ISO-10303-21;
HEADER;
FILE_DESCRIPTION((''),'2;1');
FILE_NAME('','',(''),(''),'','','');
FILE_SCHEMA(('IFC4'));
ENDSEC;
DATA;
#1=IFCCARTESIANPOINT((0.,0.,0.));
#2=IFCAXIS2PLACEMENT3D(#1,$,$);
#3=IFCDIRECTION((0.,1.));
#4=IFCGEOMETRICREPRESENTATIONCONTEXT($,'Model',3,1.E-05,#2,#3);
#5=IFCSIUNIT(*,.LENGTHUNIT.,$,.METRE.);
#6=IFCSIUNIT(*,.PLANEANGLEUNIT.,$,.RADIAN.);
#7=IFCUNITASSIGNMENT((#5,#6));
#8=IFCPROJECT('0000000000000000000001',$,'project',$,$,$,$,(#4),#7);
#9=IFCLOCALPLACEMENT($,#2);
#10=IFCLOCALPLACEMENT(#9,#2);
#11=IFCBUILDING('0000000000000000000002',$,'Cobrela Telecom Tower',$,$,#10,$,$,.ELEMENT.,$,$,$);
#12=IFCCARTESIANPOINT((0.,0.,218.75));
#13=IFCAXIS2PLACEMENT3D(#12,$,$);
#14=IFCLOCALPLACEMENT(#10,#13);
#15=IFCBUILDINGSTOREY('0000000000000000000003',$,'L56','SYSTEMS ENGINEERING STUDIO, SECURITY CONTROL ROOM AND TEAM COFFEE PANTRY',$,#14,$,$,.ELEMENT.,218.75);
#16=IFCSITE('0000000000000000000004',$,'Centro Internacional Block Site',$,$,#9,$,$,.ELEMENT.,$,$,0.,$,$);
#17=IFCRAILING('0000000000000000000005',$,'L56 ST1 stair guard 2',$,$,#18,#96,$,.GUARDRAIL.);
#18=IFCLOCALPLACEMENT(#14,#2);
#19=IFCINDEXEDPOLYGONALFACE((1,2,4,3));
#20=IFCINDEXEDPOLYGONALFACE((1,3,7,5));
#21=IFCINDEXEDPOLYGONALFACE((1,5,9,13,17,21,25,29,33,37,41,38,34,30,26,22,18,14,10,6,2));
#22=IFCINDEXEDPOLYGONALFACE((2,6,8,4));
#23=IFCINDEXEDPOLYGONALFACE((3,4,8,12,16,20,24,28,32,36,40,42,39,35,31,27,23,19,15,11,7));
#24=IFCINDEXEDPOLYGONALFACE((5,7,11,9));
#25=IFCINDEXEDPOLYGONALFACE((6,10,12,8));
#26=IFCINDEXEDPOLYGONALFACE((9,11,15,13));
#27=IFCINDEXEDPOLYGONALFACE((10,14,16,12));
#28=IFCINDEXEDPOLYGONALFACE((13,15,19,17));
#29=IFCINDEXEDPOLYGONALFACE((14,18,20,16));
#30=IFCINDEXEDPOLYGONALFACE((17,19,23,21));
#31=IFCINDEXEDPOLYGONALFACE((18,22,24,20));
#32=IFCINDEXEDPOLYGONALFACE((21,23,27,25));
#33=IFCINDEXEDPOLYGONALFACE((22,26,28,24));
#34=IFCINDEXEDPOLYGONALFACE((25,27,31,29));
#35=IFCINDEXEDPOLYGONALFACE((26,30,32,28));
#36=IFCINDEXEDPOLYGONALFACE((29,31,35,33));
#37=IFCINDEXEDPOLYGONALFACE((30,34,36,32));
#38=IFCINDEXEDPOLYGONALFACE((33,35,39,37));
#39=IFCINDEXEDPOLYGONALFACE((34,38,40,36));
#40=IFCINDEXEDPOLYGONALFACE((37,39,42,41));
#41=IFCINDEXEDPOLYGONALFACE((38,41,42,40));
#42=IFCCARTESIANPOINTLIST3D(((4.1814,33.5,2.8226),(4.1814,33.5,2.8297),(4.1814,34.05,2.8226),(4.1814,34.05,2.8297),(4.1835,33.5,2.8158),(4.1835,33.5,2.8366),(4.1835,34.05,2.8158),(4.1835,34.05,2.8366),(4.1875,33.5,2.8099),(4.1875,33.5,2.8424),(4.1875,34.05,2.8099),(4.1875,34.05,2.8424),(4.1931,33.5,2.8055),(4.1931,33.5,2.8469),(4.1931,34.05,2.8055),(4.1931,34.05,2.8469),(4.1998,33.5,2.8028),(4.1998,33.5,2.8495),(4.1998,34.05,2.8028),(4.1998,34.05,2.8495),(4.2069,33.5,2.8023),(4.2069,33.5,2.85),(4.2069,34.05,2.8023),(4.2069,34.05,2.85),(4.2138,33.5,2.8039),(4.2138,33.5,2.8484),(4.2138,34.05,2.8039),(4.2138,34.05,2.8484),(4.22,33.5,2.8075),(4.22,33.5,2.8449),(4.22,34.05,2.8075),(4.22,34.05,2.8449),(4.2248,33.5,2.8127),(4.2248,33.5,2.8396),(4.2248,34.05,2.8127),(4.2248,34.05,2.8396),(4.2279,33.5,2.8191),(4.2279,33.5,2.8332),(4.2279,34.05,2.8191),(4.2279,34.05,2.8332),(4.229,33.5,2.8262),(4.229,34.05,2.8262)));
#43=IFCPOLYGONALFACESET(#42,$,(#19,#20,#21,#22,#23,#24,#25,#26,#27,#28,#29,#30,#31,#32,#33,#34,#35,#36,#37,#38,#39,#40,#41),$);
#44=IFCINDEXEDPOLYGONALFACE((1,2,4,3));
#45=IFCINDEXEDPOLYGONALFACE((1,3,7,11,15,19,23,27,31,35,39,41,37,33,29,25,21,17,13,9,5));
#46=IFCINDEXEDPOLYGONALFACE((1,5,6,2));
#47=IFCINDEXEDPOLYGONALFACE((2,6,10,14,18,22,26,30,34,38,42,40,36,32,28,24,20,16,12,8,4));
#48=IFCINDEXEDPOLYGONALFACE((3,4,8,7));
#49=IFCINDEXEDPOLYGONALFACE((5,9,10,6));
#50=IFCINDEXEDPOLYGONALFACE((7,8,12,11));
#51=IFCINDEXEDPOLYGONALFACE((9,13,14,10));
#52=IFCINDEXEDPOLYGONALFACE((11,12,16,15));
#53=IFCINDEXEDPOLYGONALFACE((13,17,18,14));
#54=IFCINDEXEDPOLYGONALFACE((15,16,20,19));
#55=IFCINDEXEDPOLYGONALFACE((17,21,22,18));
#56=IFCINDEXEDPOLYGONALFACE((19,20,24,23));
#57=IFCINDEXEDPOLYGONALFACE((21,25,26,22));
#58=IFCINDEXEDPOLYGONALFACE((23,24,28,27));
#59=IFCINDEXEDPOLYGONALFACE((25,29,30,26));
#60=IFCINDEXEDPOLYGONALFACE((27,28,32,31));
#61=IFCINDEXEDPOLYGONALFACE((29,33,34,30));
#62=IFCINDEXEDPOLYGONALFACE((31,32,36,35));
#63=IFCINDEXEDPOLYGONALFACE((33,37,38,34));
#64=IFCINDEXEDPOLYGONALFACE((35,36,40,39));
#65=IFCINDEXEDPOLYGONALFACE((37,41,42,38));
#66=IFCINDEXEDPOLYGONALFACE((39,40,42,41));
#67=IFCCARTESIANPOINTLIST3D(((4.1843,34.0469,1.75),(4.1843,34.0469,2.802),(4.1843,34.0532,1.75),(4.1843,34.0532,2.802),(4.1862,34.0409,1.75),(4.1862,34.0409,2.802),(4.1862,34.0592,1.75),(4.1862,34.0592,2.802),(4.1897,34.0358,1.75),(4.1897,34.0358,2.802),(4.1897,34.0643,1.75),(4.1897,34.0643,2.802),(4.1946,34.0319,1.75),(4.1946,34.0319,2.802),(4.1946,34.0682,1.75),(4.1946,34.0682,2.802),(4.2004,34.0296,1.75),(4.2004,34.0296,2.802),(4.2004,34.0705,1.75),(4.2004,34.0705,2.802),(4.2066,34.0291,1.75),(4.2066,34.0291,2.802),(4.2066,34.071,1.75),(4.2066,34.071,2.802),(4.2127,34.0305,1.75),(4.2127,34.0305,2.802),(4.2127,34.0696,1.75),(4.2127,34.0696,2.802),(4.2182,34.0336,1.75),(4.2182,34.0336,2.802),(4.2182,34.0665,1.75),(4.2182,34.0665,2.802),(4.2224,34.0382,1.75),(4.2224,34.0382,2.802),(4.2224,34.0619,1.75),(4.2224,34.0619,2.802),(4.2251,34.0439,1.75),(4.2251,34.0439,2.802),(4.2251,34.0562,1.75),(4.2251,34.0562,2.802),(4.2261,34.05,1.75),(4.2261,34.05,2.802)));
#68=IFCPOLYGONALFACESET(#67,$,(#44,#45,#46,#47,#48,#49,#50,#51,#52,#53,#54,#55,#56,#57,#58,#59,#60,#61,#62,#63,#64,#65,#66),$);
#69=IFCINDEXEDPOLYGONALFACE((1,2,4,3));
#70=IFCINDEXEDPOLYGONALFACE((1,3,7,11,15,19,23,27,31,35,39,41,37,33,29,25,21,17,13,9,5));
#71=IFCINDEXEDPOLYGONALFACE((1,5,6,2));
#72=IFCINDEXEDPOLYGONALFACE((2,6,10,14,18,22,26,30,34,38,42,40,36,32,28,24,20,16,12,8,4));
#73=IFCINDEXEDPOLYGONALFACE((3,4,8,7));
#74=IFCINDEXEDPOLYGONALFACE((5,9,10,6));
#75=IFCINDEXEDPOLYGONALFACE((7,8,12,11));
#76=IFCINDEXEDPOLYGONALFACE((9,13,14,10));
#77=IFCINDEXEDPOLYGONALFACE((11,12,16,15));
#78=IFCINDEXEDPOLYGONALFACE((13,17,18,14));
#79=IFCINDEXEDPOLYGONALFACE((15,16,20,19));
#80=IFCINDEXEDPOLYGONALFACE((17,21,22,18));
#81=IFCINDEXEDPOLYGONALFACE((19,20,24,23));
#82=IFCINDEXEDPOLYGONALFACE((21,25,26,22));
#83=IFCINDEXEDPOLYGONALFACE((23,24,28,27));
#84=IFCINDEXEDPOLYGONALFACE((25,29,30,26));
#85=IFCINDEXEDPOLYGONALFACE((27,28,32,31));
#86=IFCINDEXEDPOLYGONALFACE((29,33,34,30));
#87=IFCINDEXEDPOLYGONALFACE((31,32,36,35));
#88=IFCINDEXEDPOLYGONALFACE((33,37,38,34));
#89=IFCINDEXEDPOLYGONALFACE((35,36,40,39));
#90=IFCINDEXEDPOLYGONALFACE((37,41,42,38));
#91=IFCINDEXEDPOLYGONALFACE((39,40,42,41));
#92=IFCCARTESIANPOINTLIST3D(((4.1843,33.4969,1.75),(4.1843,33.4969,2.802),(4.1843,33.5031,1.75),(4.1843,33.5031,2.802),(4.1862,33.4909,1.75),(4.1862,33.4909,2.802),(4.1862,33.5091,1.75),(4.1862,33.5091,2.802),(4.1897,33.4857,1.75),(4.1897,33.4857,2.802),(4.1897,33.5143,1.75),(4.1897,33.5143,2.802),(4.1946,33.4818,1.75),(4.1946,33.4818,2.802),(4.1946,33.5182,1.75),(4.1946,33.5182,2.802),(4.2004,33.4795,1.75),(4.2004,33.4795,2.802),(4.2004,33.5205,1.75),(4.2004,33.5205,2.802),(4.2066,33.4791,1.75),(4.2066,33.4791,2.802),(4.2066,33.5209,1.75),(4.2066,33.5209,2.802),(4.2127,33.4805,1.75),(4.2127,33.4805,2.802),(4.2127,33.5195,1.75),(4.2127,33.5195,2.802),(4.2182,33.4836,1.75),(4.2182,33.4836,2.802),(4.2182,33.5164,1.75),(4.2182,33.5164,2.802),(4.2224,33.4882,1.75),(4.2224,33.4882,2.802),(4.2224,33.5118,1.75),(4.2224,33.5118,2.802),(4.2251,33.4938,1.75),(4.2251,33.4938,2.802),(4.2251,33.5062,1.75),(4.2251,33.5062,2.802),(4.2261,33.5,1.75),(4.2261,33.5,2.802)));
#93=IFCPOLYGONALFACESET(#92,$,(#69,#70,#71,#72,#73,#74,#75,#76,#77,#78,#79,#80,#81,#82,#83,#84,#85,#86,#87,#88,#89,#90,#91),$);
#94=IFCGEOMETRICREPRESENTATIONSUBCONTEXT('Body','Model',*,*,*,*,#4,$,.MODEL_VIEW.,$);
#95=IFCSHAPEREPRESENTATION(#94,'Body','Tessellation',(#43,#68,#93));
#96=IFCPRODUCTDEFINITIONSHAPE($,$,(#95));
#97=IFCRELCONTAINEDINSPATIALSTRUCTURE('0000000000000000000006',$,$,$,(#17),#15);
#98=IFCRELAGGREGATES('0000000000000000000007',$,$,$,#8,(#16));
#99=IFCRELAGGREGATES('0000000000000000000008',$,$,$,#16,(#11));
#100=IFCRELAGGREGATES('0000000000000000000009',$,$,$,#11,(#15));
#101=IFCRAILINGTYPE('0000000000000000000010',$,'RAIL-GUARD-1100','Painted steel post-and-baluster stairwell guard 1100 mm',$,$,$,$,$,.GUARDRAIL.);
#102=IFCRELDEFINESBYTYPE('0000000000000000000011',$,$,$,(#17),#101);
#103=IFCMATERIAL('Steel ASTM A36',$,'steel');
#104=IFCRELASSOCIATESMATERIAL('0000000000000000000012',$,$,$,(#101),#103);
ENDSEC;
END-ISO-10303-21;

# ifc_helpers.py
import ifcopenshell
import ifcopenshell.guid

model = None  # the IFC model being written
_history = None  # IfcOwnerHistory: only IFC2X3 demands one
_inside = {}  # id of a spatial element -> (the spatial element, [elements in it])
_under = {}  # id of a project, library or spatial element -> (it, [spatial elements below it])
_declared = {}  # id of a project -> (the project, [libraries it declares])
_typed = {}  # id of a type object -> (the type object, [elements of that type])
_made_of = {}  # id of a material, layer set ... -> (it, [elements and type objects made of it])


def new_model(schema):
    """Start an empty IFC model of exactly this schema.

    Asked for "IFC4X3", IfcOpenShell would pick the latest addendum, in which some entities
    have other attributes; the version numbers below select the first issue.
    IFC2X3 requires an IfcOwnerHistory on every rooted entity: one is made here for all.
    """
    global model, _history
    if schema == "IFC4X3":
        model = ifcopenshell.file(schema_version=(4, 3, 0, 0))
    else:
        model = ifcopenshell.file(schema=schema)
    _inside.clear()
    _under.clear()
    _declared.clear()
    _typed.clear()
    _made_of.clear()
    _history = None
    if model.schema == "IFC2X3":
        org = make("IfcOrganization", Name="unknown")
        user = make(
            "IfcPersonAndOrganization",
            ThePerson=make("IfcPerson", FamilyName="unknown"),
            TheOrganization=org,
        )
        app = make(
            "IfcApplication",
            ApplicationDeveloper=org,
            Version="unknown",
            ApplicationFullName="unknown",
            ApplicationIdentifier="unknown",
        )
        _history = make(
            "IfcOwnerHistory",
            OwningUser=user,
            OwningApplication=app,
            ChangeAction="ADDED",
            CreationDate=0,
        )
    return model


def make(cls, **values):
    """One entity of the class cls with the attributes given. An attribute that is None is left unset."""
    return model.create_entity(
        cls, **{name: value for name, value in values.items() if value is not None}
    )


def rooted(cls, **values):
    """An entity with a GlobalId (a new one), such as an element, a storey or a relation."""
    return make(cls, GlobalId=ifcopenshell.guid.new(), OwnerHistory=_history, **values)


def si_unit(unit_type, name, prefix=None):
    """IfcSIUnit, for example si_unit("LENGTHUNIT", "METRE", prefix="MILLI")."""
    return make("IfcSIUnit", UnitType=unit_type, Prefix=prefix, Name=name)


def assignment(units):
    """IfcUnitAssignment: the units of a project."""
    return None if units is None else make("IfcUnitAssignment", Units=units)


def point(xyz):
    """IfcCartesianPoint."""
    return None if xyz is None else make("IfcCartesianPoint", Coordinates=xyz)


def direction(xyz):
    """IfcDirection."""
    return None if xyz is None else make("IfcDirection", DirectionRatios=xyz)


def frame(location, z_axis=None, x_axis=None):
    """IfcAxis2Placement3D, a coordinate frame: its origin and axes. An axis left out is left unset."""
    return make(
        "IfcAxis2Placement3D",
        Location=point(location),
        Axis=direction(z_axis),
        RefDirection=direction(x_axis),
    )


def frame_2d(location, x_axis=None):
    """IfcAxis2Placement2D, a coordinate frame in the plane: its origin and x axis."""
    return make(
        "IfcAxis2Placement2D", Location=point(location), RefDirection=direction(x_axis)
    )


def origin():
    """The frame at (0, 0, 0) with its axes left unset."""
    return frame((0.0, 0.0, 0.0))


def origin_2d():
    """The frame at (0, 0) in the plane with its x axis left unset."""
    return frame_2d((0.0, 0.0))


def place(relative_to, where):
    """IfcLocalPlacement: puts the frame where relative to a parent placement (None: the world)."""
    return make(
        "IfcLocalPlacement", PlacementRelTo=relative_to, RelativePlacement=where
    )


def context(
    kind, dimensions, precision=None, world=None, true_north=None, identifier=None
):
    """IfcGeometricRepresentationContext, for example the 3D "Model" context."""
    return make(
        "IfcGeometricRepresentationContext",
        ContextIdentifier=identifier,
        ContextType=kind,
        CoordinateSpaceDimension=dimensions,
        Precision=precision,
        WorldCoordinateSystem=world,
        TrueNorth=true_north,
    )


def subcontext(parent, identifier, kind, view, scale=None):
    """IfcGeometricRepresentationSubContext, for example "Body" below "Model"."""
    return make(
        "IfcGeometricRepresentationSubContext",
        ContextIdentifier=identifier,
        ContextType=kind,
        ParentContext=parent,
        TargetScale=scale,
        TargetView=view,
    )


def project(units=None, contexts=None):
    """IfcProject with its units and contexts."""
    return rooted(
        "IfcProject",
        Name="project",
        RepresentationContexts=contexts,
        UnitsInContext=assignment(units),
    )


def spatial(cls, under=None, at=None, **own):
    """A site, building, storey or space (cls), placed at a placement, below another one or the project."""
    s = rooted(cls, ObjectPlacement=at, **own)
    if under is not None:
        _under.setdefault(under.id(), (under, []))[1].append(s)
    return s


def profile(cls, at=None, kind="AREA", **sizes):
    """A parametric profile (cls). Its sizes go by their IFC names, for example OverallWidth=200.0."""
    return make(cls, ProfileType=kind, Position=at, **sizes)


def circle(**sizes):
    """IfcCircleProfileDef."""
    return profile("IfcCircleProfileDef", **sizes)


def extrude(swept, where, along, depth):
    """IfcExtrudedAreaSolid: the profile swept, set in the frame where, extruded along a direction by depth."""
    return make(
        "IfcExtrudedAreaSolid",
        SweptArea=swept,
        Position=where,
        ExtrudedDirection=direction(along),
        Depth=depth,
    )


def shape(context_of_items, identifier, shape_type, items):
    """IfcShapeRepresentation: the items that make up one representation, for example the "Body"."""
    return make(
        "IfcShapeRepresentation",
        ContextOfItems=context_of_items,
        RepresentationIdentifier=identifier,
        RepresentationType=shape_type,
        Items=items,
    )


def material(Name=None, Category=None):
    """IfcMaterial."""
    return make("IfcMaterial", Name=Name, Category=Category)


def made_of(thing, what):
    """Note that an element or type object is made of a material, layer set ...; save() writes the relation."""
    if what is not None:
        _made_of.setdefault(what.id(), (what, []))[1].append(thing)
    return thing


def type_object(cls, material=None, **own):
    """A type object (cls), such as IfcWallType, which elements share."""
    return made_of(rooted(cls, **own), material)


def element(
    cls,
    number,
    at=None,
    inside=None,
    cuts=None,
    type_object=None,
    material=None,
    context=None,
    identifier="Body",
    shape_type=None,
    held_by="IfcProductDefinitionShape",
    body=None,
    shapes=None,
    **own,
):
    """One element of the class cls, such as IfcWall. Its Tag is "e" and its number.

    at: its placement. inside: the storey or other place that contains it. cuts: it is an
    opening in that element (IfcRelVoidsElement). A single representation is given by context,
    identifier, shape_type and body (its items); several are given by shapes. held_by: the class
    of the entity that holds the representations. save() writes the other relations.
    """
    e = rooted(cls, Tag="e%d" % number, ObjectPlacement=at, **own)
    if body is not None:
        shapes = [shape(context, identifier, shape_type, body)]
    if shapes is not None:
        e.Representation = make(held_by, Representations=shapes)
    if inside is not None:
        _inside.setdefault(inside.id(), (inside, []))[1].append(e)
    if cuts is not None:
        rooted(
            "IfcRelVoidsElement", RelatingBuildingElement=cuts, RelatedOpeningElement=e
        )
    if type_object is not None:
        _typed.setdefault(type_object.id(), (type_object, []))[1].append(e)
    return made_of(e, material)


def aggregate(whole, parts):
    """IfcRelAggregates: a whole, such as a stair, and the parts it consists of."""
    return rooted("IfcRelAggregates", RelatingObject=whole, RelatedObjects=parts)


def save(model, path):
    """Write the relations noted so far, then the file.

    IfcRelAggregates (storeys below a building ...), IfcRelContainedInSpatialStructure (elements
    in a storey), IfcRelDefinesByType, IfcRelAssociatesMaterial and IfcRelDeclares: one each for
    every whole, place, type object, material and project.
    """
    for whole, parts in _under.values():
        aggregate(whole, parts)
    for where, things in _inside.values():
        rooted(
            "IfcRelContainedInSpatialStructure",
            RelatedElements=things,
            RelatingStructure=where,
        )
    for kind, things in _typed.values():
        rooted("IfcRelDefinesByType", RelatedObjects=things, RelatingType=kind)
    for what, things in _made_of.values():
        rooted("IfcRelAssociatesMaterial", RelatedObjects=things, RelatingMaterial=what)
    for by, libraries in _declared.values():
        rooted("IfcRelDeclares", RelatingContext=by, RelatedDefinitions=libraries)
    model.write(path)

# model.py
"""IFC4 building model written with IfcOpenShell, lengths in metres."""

from ifc_helpers import new_model, si_unit, direction, frame, origin, origin_2d, place, context, subcontext, project, spatial, circle, extrude, material, type_object, element, save


model = new_model("IFC4")

# Units and contexts
model_context = context("Model", 3, precision=1e-05, world=origin(), true_north=direction((0.0, 1.0)))
body_context = subcontext(model_context, "Body", "Model", "MODEL_VIEW")
ifc_project = project(units=[si_unit("LENGTHUNIT", "METRE"), si_unit("PLANEANGLEUNIT", "RADIAN")], contexts=[model_context])

# Site, building, storey
site_placement = place(None, origin())
site = spatial("IfcSite", under=ifc_project, at=site_placement, Name="Centro Internacional Block Site", CompositionType="ELEMENT", RefElevation=0.0)
building_placement = place(site_placement, origin())
building = spatial("IfcBuilding", under=site, at=building_placement, Name="Cobrela Telecom Tower", CompositionType="ELEMENT")
storey_placement = place(building_placement, frame((0.0, 0.0, 218.75)))
storey = spatial("IfcBuildingStorey", under=building, at=storey_placement, Name="L56", Description="SYSTEMS ENGINEERING STUDIO, SECURITY CONTROL ROOM AND TEAM COFFEE PANTRY", CompositionType="ELEMENT", Elevation=218.75)

# Shared definitions
ifc_material_1 = material(Name="Steel ASTM A36", Category="steel")

# Railing
railing_type_1 = type_object("IfcRailingType", Name="RAIL-GUARD-1100", Description="Painted steel post-and-baluster stairwell guard 1100 mm", PredefinedType="GUARDRAIL", material=ifc_material_1)
railing_1_placement = place(storey_placement, frame((4.2051, 34.05, 1.75)))
element("IfcRailing", 1, at=railing_1_placement, inside=storey, type_object=railing_type_1, Name="L56 ST1 stair guard 2", PredefinedType="GUARDRAIL", context=body_context, shape_type="SweptSolid", body=[
    extrude(circle(Radius=0.0239, at=origin_2d()), frame((0.0, 0.0, 1.0762), z_axis=(0.0, -1.0, 0.0), x_axis=(1.0, 0.0, 0.0)), (0.0, 0.0, 1.0), 0.55),
    extrude(circle(Radius=0.021, at=origin_2d()), origin(), (0.0, 0.0, 1.0), 1.052),
    extrude(circle(Radius=0.021, at=origin_2d()), frame((0.0, -0.55, 0.0)), (0.0, 0.0, 1.0), 1.052),
])

save(model, "model.ifc")
